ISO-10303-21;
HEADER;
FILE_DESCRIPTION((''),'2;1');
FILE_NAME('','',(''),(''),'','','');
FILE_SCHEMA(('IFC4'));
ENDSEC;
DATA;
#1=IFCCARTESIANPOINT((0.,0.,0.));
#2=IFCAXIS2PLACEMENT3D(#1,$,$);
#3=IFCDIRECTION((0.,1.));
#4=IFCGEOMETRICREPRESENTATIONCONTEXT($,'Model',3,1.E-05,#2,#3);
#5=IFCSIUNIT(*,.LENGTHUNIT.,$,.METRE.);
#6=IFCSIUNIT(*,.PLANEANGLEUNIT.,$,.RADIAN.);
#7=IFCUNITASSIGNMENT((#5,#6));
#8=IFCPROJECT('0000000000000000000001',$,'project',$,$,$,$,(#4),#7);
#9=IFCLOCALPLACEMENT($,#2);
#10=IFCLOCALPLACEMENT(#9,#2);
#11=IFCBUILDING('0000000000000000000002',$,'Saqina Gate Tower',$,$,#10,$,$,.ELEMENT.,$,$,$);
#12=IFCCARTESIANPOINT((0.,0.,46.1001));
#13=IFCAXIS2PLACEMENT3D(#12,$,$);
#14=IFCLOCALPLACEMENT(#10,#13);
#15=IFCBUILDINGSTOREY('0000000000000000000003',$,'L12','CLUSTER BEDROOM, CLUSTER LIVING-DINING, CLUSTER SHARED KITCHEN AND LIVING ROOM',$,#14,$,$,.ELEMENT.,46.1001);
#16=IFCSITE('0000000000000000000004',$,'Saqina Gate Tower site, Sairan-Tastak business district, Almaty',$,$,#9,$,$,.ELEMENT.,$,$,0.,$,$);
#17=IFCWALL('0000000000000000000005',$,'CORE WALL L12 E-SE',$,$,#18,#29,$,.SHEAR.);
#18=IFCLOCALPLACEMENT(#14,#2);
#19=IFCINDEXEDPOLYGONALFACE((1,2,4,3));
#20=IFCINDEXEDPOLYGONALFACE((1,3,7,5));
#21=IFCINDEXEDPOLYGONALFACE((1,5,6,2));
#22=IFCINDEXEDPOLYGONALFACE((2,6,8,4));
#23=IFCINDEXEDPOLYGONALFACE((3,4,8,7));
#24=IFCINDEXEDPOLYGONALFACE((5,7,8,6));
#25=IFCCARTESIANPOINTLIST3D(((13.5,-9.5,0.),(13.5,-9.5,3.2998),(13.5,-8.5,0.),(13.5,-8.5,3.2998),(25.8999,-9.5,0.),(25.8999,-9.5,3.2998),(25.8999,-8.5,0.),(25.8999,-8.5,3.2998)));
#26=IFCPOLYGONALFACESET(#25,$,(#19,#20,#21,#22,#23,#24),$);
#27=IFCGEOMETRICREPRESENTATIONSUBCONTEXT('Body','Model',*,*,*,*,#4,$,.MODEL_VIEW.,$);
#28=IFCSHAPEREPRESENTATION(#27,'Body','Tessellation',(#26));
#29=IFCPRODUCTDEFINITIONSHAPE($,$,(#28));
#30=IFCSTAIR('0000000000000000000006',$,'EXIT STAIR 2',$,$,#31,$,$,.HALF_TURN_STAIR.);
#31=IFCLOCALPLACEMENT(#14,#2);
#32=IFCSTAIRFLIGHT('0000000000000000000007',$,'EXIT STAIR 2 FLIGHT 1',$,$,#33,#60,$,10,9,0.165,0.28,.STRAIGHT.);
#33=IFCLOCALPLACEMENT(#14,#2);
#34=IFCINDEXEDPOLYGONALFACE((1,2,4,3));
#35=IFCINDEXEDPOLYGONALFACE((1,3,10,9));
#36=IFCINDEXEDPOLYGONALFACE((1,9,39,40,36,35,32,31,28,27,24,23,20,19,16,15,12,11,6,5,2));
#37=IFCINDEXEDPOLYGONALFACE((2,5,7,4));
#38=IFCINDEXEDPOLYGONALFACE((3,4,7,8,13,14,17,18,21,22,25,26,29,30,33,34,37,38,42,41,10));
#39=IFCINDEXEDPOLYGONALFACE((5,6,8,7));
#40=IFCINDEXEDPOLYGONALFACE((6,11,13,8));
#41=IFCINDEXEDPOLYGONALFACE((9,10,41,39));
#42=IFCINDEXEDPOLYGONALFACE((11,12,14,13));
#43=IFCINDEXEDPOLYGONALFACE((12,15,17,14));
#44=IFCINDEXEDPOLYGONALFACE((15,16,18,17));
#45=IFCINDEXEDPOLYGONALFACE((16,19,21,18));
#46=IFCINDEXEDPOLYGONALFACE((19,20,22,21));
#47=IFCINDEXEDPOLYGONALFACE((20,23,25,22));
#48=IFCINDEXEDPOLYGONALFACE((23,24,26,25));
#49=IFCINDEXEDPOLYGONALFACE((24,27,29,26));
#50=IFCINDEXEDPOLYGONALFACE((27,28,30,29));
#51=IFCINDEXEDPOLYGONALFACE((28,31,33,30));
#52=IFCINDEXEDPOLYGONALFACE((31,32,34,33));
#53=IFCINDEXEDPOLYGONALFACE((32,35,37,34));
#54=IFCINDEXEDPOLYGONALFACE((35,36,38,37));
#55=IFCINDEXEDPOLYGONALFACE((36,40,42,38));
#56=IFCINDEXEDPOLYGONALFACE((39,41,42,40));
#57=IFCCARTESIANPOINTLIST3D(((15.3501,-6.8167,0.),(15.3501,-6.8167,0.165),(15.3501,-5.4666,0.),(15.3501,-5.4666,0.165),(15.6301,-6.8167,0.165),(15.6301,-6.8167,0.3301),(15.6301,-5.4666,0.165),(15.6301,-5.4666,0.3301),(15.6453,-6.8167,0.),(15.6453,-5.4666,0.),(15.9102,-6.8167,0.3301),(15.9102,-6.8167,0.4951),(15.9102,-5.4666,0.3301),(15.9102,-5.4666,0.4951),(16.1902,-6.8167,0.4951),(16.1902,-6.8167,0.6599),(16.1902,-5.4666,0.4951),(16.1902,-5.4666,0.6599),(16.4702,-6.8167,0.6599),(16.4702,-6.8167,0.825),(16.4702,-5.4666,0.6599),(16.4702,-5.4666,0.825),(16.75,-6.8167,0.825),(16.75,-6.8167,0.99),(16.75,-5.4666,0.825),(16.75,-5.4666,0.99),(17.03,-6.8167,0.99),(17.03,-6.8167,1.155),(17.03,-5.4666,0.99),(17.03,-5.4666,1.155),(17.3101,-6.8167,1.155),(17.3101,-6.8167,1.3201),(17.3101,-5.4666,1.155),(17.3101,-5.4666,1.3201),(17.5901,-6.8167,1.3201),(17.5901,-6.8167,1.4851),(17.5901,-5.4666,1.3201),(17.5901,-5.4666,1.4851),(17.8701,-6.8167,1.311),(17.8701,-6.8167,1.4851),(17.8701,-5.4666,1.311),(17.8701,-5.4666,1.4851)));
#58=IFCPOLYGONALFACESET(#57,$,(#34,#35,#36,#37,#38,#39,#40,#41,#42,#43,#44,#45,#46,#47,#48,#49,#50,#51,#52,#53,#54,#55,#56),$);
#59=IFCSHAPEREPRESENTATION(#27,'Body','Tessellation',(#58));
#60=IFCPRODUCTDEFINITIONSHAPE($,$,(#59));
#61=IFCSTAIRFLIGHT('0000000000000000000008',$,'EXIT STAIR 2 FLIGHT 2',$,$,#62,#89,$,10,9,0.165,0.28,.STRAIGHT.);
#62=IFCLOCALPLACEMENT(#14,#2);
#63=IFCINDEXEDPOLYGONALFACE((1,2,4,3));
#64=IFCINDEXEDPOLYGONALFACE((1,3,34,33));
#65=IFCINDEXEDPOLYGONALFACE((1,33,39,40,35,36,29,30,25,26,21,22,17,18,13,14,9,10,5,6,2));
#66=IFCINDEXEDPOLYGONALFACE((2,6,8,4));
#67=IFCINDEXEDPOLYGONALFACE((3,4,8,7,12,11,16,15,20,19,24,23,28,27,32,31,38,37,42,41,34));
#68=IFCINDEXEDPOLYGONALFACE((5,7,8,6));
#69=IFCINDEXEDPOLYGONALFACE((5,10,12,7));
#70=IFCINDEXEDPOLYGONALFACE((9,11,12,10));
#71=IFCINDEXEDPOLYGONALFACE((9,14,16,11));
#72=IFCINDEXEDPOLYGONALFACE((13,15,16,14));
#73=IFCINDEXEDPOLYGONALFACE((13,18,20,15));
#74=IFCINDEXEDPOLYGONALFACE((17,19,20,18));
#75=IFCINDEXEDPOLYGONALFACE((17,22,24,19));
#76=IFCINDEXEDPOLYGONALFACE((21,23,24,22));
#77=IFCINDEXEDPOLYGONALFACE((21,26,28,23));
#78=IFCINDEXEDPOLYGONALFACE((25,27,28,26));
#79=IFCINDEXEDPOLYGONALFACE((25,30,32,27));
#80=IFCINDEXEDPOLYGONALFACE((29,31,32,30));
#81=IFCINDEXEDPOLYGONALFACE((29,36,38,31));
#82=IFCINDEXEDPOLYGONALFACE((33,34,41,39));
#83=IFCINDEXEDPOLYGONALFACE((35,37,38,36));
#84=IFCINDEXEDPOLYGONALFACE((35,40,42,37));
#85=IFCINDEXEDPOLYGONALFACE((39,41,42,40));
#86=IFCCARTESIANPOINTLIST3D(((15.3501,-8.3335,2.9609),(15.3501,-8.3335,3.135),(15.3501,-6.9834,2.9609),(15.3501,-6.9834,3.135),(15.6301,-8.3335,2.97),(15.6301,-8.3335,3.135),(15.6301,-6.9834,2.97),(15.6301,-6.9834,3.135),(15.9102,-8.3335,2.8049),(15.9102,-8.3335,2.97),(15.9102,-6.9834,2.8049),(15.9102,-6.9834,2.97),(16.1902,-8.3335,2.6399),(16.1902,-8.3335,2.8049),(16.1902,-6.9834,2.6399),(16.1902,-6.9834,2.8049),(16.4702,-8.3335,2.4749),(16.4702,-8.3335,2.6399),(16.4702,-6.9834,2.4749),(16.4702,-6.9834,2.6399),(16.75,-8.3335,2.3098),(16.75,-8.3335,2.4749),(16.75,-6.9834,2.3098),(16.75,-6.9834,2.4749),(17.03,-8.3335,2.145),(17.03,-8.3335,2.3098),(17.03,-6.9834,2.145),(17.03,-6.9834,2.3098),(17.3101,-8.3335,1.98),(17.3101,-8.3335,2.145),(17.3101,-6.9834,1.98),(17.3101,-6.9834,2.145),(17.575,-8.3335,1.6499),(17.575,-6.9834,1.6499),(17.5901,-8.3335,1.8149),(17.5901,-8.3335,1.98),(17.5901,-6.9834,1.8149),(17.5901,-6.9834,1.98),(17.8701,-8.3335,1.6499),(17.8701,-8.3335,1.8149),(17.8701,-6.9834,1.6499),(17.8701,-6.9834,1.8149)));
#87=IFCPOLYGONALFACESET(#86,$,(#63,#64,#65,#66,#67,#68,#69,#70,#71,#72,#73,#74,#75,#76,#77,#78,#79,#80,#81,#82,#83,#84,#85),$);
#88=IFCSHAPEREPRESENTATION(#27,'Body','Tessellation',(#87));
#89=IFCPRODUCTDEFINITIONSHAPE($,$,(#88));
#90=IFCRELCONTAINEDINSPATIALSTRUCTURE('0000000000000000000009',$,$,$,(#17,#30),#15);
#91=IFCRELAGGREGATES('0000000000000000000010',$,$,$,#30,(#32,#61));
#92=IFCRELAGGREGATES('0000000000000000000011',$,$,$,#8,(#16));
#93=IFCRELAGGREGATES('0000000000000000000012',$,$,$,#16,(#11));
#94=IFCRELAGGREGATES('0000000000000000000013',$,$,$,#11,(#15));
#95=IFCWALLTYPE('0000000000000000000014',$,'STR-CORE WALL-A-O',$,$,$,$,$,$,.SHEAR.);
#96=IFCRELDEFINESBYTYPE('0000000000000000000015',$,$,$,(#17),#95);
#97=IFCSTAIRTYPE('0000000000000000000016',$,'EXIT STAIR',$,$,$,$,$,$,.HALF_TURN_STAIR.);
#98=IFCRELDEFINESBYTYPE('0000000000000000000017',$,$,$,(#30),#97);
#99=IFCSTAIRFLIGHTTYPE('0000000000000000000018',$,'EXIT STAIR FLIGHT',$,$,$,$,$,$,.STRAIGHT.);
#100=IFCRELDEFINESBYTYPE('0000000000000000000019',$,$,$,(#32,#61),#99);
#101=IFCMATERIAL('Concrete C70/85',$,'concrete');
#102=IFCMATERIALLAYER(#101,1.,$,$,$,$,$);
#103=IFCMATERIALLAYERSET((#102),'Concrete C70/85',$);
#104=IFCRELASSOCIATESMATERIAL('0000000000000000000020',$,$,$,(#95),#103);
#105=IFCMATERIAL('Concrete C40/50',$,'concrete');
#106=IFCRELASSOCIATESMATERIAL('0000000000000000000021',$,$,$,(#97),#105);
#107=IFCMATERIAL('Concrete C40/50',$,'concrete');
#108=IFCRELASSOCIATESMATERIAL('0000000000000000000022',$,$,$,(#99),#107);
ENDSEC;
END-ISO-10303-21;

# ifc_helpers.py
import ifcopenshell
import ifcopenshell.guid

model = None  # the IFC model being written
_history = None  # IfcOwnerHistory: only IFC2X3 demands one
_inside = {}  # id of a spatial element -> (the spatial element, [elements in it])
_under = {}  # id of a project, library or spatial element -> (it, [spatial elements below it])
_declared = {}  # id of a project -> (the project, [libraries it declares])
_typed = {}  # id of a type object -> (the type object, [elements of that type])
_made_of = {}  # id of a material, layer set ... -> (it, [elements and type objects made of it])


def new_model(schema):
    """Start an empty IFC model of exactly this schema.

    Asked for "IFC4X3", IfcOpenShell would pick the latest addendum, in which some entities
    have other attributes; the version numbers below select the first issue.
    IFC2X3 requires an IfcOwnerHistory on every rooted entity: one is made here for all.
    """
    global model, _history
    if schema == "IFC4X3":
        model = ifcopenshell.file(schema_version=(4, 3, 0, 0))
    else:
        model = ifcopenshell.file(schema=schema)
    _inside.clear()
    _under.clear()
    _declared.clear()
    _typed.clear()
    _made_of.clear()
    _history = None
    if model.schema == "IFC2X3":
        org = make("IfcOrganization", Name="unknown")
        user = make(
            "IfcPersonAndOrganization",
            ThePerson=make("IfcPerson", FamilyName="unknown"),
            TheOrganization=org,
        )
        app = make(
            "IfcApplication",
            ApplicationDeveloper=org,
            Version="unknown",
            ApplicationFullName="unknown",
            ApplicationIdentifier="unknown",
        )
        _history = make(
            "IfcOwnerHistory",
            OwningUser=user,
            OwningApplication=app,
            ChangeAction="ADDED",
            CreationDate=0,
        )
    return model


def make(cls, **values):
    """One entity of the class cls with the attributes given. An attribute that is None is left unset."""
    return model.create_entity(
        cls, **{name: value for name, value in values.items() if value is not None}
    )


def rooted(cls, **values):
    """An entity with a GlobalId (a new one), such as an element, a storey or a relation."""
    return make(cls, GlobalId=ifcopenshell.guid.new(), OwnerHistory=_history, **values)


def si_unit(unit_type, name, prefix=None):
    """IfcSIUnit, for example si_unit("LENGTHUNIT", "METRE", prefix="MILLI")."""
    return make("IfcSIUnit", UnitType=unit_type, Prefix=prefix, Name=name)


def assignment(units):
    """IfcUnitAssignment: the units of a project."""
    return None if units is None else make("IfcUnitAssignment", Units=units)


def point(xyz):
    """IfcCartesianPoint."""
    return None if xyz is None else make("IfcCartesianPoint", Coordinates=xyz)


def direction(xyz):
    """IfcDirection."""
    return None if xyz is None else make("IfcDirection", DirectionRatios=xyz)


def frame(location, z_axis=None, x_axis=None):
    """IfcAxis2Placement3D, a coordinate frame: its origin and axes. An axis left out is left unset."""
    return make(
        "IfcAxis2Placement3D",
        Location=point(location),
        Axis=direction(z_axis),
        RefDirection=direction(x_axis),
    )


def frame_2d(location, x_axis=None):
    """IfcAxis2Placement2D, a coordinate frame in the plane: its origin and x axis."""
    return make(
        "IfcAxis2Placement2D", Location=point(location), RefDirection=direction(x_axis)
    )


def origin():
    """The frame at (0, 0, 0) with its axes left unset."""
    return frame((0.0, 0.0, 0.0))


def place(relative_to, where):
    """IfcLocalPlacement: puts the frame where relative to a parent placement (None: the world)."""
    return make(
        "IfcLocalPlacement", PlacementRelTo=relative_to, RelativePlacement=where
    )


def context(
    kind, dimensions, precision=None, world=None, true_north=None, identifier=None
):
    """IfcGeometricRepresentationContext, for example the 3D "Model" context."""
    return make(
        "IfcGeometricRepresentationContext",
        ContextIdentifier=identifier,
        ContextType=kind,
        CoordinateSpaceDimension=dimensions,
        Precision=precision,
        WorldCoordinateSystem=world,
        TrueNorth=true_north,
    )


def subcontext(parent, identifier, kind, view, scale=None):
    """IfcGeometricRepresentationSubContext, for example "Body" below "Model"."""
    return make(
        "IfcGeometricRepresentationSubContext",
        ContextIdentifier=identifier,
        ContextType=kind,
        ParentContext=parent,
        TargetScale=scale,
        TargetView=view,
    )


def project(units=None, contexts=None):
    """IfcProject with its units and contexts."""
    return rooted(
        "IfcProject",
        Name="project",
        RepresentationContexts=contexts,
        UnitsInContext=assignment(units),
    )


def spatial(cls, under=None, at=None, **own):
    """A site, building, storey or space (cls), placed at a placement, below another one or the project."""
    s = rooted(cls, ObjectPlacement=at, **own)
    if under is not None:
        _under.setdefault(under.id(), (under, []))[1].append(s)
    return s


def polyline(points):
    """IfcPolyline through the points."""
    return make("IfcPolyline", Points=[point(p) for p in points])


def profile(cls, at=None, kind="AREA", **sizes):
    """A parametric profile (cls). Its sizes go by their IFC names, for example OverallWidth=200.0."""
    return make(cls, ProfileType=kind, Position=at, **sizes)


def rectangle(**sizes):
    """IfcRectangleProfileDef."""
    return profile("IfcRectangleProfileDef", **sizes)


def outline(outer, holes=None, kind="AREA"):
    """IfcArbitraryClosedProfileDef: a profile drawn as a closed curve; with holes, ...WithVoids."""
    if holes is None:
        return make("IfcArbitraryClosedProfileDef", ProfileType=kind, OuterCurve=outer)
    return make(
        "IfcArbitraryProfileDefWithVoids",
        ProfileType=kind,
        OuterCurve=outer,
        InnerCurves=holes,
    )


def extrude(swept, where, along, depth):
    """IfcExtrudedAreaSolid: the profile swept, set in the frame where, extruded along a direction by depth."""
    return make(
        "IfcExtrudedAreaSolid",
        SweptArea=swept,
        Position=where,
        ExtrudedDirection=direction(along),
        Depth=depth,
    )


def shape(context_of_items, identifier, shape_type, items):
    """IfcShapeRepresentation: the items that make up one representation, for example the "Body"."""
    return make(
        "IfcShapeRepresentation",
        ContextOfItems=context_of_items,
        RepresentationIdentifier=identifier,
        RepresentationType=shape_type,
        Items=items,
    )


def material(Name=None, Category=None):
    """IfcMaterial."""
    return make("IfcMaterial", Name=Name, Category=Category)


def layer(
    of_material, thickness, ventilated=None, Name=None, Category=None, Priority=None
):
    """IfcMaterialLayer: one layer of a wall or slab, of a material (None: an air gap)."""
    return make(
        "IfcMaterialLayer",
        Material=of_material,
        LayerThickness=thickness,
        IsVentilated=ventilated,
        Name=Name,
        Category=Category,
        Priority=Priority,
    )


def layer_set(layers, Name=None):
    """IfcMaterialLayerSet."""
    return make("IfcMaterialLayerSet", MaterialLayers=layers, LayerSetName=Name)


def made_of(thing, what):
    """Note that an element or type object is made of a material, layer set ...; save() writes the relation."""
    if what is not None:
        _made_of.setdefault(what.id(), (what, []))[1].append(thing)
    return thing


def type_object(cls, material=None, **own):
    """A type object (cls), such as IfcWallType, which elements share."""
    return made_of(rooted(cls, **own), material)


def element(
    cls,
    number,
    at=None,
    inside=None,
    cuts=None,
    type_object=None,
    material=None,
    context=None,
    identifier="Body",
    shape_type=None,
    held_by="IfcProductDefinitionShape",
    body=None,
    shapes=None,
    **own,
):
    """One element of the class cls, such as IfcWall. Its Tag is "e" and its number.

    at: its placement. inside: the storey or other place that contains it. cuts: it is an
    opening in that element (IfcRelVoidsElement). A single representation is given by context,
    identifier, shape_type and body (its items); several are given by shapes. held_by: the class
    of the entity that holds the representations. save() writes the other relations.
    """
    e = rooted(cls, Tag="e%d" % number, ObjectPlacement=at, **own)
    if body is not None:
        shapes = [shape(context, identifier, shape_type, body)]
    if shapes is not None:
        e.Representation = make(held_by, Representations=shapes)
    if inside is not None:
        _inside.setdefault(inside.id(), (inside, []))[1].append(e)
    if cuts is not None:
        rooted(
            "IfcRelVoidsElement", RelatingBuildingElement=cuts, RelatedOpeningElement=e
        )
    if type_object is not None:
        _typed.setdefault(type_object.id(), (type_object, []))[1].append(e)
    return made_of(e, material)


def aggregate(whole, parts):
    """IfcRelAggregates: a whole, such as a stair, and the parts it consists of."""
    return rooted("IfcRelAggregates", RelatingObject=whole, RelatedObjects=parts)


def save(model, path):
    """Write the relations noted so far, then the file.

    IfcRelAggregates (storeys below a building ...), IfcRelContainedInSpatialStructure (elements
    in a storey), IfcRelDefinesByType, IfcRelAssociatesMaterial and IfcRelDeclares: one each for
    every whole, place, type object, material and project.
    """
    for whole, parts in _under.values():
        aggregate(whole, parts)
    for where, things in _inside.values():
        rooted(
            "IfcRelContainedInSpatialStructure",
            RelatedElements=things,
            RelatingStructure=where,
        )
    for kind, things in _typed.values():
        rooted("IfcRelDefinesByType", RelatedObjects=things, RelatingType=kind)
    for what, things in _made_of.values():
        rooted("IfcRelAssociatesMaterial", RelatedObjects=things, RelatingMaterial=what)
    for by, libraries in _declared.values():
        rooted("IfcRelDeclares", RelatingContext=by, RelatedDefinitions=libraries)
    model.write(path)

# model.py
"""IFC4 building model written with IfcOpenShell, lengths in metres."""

from ifc_helpers import new_model, si_unit, direction, frame, frame_2d, origin, place, context, subcontext, project, spatial, polyline, rectangle, outline, extrude, material, layer, layer_set, type_object, element, aggregate, save


model = new_model("IFC4")

# Units and contexts
model_context = context("Model", 3, precision=1e-05, world=origin(), true_north=direction((0.0, 1.0)))
body_context = subcontext(model_context, "Body", "Model", "MODEL_VIEW")
ifc_project = project(units=[si_unit("LENGTHUNIT", "METRE"), si_unit("PLANEANGLEUNIT", "RADIAN")], contexts=[model_context])

# Site, building, storey
site_placement = place(None, origin())
site = spatial("IfcSite", under=ifc_project, at=site_placement, Name="Saqina Gate Tower site, Sairan-Tastak business district, Almaty", CompositionType="ELEMENT", RefElevation=0.0)
building_placement = place(site_placement, origin())
building = spatial("IfcBuilding", under=site, at=building_placement, Name="Saqina Gate Tower", CompositionType="ELEMENT")
storey_placement = place(building_placement, frame((0.0, 0.0, 46.1001)))
storey = spatial("IfcBuildingStorey", under=building, at=storey_placement, Name="L12", Description="CLUSTER BEDROOM, CLUSTER LIVING-DINING, CLUSTER SHARED KITCHEN AND LIVING ROOM", CompositionType="ELEMENT", Elevation=46.1001)

# Shared definitions
ifc_material_1 = material(Name="Concrete C70/85", Category="concrete")
ifc_layer_1 = layer(ifc_material_1, 1.0)
ifc_layer_set_1 = layer_set([ifc_layer_1], Name="Concrete C70/85")
wall_type_1 = type_object("IfcWallType", Name="STR-CORE WALL-A-O", PredefinedType="SHEAR", material=ifc_layer_set_1)

# Wall
wall_1_placement = place(storey_placement, frame((13.5, -9.0, 0.0), z_axis=(0.0, 0.0, 1.0), x_axis=(1.0, 0.0, 0.0)))
element("IfcWall", 1, at=wall_1_placement, inside=storey, type_object=wall_type_1, Name="CORE WALL L12 E-SE", PredefinedType="SHEAR", context=body_context, shape_type="SweptSolid", body=[
    extrude(rectangle(XDim=12.3999, YDim=1.0, at=frame_2d((6.2, 0.0))), origin(), (0.0, 0.0, 1.0), 3.2998),
])

# Stair, stair flights
ifc_material_2 = material(Name="Concrete C40/50", Category="concrete")
stair_type = type_object("IfcStairType", Name="EXIT STAIR", PredefinedType="HALF_TURN_STAIR", material=ifc_material_2)
stair_placement = place(storey_placement, origin())
stair = element("IfcStair", 2, at=stair_placement, inside=storey, type_object=stair_type, Name="EXIT STAIR 2", PredefinedType="HALF_TURN_STAIR")
ifc_material_3 = material(Name="Concrete C40/50", Category="concrete")
stair_flight_type = type_object("IfcStairFlightType", Name="EXIT STAIR FLIGHT", PredefinedType="STRAIGHT", material=ifc_material_3)
stair_flight_1_placement = place(storey_placement, frame((15.3501, -6.1416, 0.0), z_axis=(0.0, 0.0, 1.0), x_axis=(1.0, 0.0, 0.0)))
stair_flight_1 = element("IfcStairFlight", 3, at=stair_flight_1_placement, type_object=stair_flight_type, Name="EXIT STAIR 2 FLIGHT 1", NumberOfRisers=10, NumberOfTreads=9, PredefinedType="STRAIGHT", RiserHeight=0.165, TreadLength=0.28, context=body_context, shape_type="SweptSolid", body=[
    extrude(outline(polyline([(0.0, 0.0), (0.0, 0.165), (0.28, 0.165), (0.28, 0.3301), (0.5601, 0.3301), (0.5601, 0.4951), (0.8401, 0.4951), (0.8401, 0.6599), (1.1201, 0.6599), (1.1201, 0.825), (1.3999, 0.825), (1.3999, 0.99), (1.6799, 0.99), (1.6799, 1.155), (1.96, 1.155), (1.96, 1.3201), (2.24, 1.3201), (2.24, 1.4851), (2.52, 1.4851), (2.52, 1.6499), (2.52, 1.311), (0.2952, 0.0), (0.0, 0.0)])), frame((0.0, 0.675, 0.0), z_axis=(0.0, -1.0, 0.0), x_axis=(1.0, 0.0, 0.0)), (0.0, 0.0, 1.0), 1.3501),
])
stair_flight_2_placement = place(storey_placement, frame((17.8701, -7.6584, 1.6499), z_axis=(0.0, 0.0, 1.0), x_axis=(-1.0, 0.0, 0.0)))
stair_flight_2 = element("IfcStairFlight", 4, at=stair_flight_2_placement, type_object=stair_flight_type, Name="EXIT STAIR 2 FLIGHT 2", NumberOfRisers=10, NumberOfTreads=9, PredefinedType="STRAIGHT", RiserHeight=0.165, TreadLength=0.28, context=body_context, shape_type="SweptSolid", body=[
    extrude(outline(polyline([(0.0, 0.0), (0.0, 0.165), (0.28, 0.165), (0.28, 0.3301), (0.5601, 0.3301), (0.5601, 0.4951), (0.8401, 0.4951), (0.8401, 0.6599), (1.1201, 0.6599), (1.1201, 0.825), (1.3999, 0.825), (1.3999, 0.99), (1.6799, 0.99), (1.6799, 1.155), (1.96, 1.155), (1.96, 1.3201), (2.24, 1.3201), (2.24, 1.4851), (2.52, 1.4851), (2.52, 1.6499), (2.52, 1.311), (0.2952, 0.0), (0.0, 0.0)])), frame((0.0, 0.675, 0.0), z_axis=(0.0, -1.0, 0.0), x_axis=(1.0, 0.0, 0.0)), (0.0, 0.0, 1.0), 1.3501),
])
aggregate(stair, [stair_flight_1, stair_flight_2])

save(model, "model.ifc")
